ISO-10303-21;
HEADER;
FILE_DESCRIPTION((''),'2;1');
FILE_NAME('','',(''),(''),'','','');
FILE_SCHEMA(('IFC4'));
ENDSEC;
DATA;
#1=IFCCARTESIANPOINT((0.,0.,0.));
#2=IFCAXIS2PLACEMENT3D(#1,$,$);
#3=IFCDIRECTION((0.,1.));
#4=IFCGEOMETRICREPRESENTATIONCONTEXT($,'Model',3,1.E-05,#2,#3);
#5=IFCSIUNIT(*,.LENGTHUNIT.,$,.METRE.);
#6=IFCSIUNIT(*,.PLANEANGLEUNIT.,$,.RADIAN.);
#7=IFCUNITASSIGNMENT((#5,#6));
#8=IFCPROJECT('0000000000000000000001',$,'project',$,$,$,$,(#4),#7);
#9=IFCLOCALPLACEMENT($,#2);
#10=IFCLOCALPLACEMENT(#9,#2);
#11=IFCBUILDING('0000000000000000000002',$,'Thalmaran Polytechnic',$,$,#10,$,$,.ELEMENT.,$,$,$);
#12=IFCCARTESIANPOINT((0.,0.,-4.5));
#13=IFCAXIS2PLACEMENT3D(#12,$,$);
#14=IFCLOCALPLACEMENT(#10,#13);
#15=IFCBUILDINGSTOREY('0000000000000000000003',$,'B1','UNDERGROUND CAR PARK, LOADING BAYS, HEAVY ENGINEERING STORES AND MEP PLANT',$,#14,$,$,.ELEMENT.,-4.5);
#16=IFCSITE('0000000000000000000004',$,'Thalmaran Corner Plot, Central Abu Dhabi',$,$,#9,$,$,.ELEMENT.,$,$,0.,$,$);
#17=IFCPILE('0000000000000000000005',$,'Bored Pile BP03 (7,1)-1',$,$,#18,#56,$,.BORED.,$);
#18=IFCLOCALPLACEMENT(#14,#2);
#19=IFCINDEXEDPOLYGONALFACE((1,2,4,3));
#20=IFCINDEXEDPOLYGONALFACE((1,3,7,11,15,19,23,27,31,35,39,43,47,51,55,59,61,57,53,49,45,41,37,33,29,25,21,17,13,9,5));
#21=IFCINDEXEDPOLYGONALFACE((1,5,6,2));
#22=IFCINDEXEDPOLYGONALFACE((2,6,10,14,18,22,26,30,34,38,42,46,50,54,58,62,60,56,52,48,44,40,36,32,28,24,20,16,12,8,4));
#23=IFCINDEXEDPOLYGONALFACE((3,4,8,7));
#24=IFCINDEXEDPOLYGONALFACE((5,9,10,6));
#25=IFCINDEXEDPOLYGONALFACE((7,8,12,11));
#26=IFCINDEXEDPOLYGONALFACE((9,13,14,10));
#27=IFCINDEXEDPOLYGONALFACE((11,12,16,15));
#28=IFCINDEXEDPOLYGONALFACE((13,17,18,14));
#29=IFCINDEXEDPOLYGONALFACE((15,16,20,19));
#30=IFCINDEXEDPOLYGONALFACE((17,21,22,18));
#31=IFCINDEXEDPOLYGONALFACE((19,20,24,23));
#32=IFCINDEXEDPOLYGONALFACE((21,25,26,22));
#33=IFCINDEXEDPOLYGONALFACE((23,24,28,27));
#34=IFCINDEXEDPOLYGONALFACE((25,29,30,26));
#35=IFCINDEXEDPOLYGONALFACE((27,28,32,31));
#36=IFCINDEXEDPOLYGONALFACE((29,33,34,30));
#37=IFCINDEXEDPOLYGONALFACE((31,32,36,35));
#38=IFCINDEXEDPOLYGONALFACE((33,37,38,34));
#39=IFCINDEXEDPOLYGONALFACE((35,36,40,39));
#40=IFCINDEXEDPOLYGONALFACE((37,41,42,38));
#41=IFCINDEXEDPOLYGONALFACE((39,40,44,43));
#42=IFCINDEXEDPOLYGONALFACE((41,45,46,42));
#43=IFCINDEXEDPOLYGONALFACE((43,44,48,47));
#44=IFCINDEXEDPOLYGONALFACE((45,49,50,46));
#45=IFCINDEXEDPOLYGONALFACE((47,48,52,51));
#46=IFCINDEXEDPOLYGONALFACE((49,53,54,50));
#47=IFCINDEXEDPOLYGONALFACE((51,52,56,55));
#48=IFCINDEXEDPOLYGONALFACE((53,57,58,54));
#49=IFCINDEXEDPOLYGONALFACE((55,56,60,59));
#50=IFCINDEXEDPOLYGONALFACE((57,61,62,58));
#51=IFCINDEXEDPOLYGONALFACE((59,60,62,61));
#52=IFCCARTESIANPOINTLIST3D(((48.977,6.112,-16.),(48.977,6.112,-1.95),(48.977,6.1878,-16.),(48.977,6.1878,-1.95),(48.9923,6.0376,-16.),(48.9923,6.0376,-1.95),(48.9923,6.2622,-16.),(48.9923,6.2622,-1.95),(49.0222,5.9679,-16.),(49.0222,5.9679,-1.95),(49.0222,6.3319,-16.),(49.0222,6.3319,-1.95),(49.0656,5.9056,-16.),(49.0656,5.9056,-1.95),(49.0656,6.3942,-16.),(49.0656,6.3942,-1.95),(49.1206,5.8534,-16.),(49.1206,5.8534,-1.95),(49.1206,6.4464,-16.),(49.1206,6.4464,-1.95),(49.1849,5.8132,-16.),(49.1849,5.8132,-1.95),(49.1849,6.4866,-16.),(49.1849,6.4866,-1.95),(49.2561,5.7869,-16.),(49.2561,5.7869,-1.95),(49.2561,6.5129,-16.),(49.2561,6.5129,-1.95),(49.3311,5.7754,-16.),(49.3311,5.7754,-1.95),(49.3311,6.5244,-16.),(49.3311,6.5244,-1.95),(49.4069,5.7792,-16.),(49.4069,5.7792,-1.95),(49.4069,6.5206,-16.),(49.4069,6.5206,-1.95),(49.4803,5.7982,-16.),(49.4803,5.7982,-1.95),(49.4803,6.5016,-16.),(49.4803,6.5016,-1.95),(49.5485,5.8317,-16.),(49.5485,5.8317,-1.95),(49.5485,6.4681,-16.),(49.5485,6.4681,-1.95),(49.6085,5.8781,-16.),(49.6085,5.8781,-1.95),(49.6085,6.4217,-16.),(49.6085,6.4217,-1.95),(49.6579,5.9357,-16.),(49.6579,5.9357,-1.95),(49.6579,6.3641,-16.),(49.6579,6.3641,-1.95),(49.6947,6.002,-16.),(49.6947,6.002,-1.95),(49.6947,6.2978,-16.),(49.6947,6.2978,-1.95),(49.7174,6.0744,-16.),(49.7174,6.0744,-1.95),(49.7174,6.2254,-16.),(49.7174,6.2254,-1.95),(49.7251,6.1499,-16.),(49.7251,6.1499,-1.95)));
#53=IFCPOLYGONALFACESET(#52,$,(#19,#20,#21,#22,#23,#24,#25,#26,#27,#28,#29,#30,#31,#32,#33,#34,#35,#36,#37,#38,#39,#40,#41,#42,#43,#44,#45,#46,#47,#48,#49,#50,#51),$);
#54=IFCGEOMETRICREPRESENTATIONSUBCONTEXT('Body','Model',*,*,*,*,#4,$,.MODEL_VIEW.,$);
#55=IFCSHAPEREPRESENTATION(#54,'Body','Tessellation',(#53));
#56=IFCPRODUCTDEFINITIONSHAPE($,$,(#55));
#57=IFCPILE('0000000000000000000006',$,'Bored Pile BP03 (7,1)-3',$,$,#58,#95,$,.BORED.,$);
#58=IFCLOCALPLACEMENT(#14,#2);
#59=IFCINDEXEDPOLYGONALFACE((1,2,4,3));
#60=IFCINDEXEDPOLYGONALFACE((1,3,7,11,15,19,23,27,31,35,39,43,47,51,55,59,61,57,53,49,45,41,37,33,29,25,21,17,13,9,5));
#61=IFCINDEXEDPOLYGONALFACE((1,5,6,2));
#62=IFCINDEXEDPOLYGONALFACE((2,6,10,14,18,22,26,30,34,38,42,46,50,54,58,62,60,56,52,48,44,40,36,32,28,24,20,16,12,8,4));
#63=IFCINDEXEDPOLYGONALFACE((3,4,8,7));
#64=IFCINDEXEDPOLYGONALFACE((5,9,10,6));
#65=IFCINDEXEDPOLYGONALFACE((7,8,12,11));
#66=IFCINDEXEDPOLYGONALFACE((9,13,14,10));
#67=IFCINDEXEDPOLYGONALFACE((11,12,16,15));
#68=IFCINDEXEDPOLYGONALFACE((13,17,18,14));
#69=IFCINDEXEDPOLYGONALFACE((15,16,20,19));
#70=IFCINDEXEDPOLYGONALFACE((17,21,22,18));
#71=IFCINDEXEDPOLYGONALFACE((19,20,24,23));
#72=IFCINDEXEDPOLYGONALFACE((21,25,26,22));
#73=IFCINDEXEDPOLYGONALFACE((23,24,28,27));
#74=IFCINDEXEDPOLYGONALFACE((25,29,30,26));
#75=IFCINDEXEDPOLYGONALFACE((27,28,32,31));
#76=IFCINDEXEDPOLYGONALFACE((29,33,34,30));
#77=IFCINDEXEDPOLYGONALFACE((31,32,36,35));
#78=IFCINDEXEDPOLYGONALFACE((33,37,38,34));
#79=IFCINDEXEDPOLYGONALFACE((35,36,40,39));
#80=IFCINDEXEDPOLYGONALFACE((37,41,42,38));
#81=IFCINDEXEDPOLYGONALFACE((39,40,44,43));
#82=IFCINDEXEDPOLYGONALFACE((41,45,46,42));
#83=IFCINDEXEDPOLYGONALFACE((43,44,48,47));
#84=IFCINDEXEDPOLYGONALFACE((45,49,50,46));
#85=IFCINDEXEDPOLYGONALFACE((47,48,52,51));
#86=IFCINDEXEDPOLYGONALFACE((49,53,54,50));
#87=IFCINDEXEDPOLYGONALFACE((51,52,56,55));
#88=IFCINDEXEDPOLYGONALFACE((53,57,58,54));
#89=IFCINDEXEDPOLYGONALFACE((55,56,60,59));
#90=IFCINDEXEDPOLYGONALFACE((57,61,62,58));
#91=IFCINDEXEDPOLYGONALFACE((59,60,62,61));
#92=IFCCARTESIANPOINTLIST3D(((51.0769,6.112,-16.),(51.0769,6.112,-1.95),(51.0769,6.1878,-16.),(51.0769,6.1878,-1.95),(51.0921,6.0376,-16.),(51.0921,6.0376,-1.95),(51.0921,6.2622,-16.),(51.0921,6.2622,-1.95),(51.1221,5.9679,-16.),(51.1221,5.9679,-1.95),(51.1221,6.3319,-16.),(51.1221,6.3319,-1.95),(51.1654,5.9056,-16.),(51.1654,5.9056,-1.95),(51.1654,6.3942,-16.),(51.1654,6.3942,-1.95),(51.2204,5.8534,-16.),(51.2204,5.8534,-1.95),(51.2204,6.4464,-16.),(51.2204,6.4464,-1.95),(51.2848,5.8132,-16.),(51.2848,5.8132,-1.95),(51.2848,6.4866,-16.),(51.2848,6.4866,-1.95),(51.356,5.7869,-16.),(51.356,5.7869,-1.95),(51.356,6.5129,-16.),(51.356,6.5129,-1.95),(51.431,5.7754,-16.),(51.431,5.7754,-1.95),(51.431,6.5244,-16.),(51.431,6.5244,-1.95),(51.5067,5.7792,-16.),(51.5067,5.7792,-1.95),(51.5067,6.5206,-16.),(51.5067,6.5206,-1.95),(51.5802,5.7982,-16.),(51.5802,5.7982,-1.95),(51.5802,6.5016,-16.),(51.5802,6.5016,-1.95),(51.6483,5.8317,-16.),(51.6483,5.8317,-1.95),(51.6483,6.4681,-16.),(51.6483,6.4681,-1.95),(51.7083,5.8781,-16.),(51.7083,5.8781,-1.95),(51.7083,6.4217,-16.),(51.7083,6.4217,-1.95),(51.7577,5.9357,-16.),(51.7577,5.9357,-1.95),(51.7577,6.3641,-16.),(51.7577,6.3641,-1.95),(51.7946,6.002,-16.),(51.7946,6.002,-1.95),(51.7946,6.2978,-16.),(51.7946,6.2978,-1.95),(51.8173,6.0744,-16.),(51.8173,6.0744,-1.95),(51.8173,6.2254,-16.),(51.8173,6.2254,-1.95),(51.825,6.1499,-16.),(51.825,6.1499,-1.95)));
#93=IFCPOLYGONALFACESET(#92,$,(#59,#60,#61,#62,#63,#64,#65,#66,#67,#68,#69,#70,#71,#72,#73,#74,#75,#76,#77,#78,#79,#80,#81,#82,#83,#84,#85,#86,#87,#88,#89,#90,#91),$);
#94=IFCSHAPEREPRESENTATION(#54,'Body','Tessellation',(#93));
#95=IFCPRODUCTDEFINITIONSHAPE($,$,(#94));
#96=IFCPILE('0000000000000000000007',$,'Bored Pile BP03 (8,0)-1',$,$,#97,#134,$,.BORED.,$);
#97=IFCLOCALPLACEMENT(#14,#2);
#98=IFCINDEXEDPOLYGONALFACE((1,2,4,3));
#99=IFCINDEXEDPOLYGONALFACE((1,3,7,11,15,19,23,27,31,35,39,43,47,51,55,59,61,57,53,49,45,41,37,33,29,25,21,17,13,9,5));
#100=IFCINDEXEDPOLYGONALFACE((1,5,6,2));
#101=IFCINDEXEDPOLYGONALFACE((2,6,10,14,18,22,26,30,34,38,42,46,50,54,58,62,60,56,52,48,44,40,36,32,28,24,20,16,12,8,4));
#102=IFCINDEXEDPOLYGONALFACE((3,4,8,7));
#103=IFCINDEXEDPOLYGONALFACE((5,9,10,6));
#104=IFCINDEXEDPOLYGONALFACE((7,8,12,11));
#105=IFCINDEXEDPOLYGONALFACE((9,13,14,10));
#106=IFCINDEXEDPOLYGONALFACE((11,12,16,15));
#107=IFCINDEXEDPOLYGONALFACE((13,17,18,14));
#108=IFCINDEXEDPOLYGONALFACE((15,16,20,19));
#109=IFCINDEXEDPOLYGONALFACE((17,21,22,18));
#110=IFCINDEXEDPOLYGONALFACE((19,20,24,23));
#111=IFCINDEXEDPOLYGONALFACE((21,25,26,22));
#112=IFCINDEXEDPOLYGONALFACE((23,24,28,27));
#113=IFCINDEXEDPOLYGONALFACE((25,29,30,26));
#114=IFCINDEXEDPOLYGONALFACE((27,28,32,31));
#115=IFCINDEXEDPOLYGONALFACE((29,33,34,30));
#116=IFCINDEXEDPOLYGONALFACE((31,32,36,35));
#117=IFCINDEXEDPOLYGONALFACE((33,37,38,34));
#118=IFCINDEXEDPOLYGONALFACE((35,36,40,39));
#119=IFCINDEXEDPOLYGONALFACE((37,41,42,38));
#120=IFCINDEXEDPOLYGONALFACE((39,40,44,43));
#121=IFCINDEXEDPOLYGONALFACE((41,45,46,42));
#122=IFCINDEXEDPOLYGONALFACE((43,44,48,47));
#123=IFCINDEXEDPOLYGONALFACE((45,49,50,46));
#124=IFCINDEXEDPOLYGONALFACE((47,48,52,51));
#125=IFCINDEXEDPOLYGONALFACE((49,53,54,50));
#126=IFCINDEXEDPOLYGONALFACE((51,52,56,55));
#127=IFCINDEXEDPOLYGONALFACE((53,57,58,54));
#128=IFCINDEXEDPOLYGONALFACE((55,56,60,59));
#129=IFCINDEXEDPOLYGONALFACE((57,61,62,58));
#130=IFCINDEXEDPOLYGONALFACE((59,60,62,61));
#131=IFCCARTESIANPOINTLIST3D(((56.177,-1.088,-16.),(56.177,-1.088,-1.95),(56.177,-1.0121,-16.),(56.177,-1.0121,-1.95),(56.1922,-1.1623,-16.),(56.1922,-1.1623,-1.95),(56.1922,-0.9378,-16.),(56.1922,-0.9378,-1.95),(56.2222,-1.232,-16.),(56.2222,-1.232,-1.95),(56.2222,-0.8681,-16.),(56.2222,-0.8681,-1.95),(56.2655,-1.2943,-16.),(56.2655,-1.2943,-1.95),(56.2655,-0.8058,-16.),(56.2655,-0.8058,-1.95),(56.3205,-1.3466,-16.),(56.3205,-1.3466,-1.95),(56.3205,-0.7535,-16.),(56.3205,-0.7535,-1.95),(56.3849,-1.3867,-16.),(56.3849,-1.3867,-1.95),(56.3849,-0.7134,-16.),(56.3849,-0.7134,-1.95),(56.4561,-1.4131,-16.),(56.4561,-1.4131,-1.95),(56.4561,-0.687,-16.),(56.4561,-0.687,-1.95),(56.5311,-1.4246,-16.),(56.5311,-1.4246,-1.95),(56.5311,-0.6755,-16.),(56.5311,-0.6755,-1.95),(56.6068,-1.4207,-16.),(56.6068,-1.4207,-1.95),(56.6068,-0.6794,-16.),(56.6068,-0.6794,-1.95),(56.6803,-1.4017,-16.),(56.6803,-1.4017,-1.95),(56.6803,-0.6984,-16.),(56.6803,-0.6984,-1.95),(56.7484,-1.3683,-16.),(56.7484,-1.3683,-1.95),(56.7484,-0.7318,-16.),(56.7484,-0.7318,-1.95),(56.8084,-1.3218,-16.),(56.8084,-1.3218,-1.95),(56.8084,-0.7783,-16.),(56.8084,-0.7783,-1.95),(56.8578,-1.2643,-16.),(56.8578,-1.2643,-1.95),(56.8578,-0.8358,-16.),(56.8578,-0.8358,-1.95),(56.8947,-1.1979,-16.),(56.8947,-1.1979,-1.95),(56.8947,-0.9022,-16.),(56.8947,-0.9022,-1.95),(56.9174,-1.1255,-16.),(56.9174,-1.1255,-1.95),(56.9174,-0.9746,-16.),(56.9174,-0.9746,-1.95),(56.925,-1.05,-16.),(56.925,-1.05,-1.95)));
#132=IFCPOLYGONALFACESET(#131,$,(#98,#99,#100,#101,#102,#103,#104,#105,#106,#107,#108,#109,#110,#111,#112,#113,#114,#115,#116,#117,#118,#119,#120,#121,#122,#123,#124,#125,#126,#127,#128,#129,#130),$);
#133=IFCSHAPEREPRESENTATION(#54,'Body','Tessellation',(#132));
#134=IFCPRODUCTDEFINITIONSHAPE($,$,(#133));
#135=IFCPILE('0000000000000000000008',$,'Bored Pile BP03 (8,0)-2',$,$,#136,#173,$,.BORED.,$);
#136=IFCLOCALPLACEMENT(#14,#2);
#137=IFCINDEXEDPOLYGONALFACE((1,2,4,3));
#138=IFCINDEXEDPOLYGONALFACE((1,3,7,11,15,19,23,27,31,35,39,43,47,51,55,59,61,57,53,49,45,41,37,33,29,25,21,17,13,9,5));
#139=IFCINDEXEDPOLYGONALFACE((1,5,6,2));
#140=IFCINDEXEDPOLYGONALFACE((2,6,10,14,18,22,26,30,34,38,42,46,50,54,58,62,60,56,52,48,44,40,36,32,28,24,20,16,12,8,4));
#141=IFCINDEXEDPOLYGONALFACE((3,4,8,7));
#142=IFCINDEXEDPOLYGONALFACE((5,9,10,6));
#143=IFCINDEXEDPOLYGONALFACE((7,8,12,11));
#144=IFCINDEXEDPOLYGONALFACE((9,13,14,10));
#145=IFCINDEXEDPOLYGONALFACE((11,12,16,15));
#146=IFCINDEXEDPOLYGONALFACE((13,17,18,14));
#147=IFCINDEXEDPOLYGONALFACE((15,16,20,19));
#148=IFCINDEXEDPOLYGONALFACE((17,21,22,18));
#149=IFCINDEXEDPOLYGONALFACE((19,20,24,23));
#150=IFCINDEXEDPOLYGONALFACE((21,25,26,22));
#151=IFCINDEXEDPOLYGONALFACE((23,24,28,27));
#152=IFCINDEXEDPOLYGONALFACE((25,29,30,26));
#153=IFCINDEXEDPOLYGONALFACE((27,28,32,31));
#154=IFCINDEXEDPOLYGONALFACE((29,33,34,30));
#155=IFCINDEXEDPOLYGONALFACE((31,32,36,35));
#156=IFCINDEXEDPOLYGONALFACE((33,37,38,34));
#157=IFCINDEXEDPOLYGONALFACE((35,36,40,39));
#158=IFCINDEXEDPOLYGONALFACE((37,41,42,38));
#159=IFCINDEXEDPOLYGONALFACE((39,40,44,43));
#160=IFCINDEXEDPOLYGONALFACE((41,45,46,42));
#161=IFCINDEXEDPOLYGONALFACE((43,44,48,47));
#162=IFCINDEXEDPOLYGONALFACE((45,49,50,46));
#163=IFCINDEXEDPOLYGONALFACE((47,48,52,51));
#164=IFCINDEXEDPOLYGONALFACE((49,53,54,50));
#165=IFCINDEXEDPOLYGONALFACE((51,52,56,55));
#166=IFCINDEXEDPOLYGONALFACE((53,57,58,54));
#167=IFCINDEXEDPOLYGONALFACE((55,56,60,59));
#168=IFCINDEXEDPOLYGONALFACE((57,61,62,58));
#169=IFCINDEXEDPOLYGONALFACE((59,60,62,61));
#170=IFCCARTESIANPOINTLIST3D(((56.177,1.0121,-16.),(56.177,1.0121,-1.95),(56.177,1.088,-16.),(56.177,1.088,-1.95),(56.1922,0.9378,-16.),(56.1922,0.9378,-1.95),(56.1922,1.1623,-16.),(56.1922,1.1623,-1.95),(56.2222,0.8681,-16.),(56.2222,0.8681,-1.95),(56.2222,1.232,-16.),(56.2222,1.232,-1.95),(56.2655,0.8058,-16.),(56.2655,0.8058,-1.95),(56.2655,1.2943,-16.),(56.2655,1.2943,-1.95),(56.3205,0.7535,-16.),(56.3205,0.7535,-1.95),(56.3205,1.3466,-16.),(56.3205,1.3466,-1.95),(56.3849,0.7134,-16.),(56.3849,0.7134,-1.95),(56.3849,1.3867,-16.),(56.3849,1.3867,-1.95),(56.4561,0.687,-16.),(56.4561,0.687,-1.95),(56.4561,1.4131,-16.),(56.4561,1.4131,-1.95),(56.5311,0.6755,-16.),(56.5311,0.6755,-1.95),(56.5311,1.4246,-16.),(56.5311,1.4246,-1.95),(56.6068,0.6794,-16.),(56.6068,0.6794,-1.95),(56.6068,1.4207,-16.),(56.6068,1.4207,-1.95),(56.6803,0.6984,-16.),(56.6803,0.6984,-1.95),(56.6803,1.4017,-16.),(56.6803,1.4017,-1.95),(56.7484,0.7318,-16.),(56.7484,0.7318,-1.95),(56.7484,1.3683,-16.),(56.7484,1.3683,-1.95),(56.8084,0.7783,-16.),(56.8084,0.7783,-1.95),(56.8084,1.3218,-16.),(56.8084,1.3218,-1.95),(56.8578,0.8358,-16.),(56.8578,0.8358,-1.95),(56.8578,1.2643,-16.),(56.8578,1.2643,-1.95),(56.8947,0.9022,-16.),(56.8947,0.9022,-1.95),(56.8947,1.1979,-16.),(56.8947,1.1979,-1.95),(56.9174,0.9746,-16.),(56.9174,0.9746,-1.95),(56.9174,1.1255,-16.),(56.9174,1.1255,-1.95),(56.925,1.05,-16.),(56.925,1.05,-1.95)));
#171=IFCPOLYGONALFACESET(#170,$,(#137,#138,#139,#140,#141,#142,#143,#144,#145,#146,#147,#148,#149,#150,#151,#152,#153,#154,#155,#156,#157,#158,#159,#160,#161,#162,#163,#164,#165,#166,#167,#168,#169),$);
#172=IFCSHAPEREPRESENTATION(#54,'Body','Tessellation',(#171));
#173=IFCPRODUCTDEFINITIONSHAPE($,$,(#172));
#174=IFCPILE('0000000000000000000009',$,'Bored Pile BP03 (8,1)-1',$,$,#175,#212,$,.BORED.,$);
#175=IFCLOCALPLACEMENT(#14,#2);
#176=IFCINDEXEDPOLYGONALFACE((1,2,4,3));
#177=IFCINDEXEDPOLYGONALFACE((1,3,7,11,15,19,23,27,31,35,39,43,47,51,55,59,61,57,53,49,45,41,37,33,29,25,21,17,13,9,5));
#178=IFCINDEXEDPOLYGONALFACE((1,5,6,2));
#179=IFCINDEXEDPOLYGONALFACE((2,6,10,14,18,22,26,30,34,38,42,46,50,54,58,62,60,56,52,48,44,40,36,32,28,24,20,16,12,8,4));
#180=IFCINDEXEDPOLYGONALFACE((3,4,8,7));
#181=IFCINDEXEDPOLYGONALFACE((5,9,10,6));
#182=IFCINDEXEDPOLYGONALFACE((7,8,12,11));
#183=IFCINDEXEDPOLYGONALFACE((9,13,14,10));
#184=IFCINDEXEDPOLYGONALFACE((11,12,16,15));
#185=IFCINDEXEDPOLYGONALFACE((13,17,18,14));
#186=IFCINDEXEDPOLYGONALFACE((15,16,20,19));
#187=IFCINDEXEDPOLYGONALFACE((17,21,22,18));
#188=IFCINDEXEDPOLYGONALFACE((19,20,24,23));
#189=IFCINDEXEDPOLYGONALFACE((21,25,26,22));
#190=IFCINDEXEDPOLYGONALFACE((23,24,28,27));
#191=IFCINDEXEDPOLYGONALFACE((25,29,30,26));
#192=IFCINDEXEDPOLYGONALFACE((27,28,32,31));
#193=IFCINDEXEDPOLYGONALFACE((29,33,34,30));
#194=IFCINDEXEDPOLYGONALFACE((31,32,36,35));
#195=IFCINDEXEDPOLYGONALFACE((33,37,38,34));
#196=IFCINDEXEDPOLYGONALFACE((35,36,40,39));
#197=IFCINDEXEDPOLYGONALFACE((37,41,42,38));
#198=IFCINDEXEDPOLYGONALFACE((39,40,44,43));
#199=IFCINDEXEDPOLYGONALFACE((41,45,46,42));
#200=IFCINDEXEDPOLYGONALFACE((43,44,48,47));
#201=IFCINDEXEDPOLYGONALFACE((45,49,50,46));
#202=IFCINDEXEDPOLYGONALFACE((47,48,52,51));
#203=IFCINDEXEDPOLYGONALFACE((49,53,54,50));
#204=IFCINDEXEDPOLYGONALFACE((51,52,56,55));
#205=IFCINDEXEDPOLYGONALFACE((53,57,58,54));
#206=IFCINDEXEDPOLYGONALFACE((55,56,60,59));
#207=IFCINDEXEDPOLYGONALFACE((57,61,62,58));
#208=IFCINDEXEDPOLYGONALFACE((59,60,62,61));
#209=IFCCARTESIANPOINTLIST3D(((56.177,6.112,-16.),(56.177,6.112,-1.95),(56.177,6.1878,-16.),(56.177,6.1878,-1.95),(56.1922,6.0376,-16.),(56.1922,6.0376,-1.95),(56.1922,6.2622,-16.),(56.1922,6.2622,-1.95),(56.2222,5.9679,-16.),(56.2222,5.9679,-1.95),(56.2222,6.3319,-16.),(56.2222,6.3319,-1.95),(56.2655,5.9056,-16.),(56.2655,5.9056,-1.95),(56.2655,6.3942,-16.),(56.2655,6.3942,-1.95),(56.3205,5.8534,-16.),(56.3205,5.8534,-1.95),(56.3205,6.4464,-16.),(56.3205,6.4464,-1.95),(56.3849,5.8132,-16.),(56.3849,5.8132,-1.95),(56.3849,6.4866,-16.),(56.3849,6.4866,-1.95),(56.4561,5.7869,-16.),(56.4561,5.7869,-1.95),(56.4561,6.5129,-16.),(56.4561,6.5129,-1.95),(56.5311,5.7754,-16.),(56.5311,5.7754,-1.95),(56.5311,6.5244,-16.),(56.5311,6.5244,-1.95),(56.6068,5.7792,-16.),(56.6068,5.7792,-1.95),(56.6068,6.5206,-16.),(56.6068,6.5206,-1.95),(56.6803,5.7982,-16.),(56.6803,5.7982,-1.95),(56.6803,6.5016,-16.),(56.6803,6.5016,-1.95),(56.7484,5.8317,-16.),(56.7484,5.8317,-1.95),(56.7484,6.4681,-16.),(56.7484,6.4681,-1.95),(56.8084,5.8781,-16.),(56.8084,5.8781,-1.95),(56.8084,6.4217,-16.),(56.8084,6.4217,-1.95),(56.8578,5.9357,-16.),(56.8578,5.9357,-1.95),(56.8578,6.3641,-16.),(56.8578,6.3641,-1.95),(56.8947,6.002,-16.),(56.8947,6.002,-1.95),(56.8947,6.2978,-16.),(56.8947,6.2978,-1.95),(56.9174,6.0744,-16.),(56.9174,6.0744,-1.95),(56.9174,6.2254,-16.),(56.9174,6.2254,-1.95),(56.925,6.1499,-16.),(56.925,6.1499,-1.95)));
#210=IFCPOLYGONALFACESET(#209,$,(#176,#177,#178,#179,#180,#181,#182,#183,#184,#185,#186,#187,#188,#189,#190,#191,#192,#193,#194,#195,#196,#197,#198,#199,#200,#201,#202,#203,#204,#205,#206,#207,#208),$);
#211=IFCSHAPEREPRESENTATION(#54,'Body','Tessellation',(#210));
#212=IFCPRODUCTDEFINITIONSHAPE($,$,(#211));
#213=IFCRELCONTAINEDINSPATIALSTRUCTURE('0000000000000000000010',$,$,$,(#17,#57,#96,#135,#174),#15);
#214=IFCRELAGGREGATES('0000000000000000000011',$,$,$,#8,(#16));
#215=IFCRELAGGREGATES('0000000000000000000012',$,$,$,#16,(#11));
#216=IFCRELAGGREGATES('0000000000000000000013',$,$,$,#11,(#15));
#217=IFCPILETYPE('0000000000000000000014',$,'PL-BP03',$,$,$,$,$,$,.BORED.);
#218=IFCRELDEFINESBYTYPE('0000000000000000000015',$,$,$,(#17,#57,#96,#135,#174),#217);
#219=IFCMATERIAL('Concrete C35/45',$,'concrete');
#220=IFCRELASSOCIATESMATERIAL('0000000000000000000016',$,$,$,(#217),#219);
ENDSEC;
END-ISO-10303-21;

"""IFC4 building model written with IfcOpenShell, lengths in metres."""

from ifc_helpers import new_model, si_unit, direction, frame, origin, origin_2d, place, context, subcontext, project, spatial, circle, extrude, material, material_profile, profile_set, type_object, element, save


model = new_model("IFC4")

# Units and contexts
model_context = context("Model", 3, precision=1e-05, world=origin(), true_north=direction((0.0, 1.0)))
body_context = subcontext(model_context, "Body", "Model", "MODEL_VIEW")
ifc_project = project(units=[si_unit("LENGTHUNIT", "METRE"), si_unit("PLANEANGLEUNIT", "RADIAN")], contexts=[model_context])

# Site, building, storey
site_placement = place(None, origin())
site = spatial("IfcSite", under=ifc_project, at=site_placement, Name="Thalmaran Corner Plot, Central Abu Dhabi", CompositionType="ELEMENT", RefElevation=0.0)
building_placement = place(site_placement, origin())
building = spatial("IfcBuilding", under=site, at=building_placement, Name="Thalmaran Polytechnic", CompositionType="ELEMENT")
storey_placement = place(building_placement, frame((0.0, 0.0, -4.5)))
storey = spatial("IfcBuildingStorey", under=building, at=storey_placement, Name="B1", Description="UNDERGROUND CAR PARK, LOADING BAYS, HEAVY ENGINEERING STORES AND MEP PLANT", CompositionType="ELEMENT", Elevation=-4.5)

# Piles
ifc_material_1 = material(Name="Concrete C35/45", Category="concrete")
ifc_material_profile_1 = material_profile(ifc_material_1, circle(Radius=0.375, at=origin_2d()), Name="RC 750 DIA")
ifc_profile_set_1 = profile_set([ifc_material_profile_1], Name="Concrete C35/45")
pile_type = type_object("IfcPileType", Name="PL-BP03", PredefinedType="BORED", material=ifc_profile_set_1)
for number, where, z_axis, x_axis, name in (
    (1, (49.3501, 6.1499, -1.95), (0.0, 0.0, -1.0), (1.0, 0.0, 0.0), "Bored Pile BP03 (7,1)-1"),
    (2, (51.45, 6.1499, -1.95), (0.0, 0.0, -1.0), (1.0, 0.0, 0.0), "Bored Pile BP03 (7,1)-3"),
    (3, (56.55, -1.05, -1.95), (0.0, 0.0, -1.0), (1.0, 0.0, 0.0), "Bored Pile BP03 (8,0)-1"),
    (4, (56.55, 1.05, -1.95), (0.0, 0.0, -1.0), (1.0, 0.0, 0.0), "Bored Pile BP03 (8,0)-2"),
    (5, (56.55, 6.1499, -1.95), (0.0, 0.0, -1.0), (1.0, 0.0, 0.0), "Bored Pile BP03 (8,1)-1"),
):
    element("IfcPile", number, at=place(storey_placement, frame(where, z_axis=z_axis, x_axis=x_axis)), inside=storey, type_object=pile_type, Name=name, PredefinedType="BORED", context=body_context, shape_type="SweptSolid", body=[
        extrude(circle(Radius=0.375, at=origin_2d()), origin(), (0.0, 0.0, 1.0), 14.05),
    ])

save(model, "model.ifc")
